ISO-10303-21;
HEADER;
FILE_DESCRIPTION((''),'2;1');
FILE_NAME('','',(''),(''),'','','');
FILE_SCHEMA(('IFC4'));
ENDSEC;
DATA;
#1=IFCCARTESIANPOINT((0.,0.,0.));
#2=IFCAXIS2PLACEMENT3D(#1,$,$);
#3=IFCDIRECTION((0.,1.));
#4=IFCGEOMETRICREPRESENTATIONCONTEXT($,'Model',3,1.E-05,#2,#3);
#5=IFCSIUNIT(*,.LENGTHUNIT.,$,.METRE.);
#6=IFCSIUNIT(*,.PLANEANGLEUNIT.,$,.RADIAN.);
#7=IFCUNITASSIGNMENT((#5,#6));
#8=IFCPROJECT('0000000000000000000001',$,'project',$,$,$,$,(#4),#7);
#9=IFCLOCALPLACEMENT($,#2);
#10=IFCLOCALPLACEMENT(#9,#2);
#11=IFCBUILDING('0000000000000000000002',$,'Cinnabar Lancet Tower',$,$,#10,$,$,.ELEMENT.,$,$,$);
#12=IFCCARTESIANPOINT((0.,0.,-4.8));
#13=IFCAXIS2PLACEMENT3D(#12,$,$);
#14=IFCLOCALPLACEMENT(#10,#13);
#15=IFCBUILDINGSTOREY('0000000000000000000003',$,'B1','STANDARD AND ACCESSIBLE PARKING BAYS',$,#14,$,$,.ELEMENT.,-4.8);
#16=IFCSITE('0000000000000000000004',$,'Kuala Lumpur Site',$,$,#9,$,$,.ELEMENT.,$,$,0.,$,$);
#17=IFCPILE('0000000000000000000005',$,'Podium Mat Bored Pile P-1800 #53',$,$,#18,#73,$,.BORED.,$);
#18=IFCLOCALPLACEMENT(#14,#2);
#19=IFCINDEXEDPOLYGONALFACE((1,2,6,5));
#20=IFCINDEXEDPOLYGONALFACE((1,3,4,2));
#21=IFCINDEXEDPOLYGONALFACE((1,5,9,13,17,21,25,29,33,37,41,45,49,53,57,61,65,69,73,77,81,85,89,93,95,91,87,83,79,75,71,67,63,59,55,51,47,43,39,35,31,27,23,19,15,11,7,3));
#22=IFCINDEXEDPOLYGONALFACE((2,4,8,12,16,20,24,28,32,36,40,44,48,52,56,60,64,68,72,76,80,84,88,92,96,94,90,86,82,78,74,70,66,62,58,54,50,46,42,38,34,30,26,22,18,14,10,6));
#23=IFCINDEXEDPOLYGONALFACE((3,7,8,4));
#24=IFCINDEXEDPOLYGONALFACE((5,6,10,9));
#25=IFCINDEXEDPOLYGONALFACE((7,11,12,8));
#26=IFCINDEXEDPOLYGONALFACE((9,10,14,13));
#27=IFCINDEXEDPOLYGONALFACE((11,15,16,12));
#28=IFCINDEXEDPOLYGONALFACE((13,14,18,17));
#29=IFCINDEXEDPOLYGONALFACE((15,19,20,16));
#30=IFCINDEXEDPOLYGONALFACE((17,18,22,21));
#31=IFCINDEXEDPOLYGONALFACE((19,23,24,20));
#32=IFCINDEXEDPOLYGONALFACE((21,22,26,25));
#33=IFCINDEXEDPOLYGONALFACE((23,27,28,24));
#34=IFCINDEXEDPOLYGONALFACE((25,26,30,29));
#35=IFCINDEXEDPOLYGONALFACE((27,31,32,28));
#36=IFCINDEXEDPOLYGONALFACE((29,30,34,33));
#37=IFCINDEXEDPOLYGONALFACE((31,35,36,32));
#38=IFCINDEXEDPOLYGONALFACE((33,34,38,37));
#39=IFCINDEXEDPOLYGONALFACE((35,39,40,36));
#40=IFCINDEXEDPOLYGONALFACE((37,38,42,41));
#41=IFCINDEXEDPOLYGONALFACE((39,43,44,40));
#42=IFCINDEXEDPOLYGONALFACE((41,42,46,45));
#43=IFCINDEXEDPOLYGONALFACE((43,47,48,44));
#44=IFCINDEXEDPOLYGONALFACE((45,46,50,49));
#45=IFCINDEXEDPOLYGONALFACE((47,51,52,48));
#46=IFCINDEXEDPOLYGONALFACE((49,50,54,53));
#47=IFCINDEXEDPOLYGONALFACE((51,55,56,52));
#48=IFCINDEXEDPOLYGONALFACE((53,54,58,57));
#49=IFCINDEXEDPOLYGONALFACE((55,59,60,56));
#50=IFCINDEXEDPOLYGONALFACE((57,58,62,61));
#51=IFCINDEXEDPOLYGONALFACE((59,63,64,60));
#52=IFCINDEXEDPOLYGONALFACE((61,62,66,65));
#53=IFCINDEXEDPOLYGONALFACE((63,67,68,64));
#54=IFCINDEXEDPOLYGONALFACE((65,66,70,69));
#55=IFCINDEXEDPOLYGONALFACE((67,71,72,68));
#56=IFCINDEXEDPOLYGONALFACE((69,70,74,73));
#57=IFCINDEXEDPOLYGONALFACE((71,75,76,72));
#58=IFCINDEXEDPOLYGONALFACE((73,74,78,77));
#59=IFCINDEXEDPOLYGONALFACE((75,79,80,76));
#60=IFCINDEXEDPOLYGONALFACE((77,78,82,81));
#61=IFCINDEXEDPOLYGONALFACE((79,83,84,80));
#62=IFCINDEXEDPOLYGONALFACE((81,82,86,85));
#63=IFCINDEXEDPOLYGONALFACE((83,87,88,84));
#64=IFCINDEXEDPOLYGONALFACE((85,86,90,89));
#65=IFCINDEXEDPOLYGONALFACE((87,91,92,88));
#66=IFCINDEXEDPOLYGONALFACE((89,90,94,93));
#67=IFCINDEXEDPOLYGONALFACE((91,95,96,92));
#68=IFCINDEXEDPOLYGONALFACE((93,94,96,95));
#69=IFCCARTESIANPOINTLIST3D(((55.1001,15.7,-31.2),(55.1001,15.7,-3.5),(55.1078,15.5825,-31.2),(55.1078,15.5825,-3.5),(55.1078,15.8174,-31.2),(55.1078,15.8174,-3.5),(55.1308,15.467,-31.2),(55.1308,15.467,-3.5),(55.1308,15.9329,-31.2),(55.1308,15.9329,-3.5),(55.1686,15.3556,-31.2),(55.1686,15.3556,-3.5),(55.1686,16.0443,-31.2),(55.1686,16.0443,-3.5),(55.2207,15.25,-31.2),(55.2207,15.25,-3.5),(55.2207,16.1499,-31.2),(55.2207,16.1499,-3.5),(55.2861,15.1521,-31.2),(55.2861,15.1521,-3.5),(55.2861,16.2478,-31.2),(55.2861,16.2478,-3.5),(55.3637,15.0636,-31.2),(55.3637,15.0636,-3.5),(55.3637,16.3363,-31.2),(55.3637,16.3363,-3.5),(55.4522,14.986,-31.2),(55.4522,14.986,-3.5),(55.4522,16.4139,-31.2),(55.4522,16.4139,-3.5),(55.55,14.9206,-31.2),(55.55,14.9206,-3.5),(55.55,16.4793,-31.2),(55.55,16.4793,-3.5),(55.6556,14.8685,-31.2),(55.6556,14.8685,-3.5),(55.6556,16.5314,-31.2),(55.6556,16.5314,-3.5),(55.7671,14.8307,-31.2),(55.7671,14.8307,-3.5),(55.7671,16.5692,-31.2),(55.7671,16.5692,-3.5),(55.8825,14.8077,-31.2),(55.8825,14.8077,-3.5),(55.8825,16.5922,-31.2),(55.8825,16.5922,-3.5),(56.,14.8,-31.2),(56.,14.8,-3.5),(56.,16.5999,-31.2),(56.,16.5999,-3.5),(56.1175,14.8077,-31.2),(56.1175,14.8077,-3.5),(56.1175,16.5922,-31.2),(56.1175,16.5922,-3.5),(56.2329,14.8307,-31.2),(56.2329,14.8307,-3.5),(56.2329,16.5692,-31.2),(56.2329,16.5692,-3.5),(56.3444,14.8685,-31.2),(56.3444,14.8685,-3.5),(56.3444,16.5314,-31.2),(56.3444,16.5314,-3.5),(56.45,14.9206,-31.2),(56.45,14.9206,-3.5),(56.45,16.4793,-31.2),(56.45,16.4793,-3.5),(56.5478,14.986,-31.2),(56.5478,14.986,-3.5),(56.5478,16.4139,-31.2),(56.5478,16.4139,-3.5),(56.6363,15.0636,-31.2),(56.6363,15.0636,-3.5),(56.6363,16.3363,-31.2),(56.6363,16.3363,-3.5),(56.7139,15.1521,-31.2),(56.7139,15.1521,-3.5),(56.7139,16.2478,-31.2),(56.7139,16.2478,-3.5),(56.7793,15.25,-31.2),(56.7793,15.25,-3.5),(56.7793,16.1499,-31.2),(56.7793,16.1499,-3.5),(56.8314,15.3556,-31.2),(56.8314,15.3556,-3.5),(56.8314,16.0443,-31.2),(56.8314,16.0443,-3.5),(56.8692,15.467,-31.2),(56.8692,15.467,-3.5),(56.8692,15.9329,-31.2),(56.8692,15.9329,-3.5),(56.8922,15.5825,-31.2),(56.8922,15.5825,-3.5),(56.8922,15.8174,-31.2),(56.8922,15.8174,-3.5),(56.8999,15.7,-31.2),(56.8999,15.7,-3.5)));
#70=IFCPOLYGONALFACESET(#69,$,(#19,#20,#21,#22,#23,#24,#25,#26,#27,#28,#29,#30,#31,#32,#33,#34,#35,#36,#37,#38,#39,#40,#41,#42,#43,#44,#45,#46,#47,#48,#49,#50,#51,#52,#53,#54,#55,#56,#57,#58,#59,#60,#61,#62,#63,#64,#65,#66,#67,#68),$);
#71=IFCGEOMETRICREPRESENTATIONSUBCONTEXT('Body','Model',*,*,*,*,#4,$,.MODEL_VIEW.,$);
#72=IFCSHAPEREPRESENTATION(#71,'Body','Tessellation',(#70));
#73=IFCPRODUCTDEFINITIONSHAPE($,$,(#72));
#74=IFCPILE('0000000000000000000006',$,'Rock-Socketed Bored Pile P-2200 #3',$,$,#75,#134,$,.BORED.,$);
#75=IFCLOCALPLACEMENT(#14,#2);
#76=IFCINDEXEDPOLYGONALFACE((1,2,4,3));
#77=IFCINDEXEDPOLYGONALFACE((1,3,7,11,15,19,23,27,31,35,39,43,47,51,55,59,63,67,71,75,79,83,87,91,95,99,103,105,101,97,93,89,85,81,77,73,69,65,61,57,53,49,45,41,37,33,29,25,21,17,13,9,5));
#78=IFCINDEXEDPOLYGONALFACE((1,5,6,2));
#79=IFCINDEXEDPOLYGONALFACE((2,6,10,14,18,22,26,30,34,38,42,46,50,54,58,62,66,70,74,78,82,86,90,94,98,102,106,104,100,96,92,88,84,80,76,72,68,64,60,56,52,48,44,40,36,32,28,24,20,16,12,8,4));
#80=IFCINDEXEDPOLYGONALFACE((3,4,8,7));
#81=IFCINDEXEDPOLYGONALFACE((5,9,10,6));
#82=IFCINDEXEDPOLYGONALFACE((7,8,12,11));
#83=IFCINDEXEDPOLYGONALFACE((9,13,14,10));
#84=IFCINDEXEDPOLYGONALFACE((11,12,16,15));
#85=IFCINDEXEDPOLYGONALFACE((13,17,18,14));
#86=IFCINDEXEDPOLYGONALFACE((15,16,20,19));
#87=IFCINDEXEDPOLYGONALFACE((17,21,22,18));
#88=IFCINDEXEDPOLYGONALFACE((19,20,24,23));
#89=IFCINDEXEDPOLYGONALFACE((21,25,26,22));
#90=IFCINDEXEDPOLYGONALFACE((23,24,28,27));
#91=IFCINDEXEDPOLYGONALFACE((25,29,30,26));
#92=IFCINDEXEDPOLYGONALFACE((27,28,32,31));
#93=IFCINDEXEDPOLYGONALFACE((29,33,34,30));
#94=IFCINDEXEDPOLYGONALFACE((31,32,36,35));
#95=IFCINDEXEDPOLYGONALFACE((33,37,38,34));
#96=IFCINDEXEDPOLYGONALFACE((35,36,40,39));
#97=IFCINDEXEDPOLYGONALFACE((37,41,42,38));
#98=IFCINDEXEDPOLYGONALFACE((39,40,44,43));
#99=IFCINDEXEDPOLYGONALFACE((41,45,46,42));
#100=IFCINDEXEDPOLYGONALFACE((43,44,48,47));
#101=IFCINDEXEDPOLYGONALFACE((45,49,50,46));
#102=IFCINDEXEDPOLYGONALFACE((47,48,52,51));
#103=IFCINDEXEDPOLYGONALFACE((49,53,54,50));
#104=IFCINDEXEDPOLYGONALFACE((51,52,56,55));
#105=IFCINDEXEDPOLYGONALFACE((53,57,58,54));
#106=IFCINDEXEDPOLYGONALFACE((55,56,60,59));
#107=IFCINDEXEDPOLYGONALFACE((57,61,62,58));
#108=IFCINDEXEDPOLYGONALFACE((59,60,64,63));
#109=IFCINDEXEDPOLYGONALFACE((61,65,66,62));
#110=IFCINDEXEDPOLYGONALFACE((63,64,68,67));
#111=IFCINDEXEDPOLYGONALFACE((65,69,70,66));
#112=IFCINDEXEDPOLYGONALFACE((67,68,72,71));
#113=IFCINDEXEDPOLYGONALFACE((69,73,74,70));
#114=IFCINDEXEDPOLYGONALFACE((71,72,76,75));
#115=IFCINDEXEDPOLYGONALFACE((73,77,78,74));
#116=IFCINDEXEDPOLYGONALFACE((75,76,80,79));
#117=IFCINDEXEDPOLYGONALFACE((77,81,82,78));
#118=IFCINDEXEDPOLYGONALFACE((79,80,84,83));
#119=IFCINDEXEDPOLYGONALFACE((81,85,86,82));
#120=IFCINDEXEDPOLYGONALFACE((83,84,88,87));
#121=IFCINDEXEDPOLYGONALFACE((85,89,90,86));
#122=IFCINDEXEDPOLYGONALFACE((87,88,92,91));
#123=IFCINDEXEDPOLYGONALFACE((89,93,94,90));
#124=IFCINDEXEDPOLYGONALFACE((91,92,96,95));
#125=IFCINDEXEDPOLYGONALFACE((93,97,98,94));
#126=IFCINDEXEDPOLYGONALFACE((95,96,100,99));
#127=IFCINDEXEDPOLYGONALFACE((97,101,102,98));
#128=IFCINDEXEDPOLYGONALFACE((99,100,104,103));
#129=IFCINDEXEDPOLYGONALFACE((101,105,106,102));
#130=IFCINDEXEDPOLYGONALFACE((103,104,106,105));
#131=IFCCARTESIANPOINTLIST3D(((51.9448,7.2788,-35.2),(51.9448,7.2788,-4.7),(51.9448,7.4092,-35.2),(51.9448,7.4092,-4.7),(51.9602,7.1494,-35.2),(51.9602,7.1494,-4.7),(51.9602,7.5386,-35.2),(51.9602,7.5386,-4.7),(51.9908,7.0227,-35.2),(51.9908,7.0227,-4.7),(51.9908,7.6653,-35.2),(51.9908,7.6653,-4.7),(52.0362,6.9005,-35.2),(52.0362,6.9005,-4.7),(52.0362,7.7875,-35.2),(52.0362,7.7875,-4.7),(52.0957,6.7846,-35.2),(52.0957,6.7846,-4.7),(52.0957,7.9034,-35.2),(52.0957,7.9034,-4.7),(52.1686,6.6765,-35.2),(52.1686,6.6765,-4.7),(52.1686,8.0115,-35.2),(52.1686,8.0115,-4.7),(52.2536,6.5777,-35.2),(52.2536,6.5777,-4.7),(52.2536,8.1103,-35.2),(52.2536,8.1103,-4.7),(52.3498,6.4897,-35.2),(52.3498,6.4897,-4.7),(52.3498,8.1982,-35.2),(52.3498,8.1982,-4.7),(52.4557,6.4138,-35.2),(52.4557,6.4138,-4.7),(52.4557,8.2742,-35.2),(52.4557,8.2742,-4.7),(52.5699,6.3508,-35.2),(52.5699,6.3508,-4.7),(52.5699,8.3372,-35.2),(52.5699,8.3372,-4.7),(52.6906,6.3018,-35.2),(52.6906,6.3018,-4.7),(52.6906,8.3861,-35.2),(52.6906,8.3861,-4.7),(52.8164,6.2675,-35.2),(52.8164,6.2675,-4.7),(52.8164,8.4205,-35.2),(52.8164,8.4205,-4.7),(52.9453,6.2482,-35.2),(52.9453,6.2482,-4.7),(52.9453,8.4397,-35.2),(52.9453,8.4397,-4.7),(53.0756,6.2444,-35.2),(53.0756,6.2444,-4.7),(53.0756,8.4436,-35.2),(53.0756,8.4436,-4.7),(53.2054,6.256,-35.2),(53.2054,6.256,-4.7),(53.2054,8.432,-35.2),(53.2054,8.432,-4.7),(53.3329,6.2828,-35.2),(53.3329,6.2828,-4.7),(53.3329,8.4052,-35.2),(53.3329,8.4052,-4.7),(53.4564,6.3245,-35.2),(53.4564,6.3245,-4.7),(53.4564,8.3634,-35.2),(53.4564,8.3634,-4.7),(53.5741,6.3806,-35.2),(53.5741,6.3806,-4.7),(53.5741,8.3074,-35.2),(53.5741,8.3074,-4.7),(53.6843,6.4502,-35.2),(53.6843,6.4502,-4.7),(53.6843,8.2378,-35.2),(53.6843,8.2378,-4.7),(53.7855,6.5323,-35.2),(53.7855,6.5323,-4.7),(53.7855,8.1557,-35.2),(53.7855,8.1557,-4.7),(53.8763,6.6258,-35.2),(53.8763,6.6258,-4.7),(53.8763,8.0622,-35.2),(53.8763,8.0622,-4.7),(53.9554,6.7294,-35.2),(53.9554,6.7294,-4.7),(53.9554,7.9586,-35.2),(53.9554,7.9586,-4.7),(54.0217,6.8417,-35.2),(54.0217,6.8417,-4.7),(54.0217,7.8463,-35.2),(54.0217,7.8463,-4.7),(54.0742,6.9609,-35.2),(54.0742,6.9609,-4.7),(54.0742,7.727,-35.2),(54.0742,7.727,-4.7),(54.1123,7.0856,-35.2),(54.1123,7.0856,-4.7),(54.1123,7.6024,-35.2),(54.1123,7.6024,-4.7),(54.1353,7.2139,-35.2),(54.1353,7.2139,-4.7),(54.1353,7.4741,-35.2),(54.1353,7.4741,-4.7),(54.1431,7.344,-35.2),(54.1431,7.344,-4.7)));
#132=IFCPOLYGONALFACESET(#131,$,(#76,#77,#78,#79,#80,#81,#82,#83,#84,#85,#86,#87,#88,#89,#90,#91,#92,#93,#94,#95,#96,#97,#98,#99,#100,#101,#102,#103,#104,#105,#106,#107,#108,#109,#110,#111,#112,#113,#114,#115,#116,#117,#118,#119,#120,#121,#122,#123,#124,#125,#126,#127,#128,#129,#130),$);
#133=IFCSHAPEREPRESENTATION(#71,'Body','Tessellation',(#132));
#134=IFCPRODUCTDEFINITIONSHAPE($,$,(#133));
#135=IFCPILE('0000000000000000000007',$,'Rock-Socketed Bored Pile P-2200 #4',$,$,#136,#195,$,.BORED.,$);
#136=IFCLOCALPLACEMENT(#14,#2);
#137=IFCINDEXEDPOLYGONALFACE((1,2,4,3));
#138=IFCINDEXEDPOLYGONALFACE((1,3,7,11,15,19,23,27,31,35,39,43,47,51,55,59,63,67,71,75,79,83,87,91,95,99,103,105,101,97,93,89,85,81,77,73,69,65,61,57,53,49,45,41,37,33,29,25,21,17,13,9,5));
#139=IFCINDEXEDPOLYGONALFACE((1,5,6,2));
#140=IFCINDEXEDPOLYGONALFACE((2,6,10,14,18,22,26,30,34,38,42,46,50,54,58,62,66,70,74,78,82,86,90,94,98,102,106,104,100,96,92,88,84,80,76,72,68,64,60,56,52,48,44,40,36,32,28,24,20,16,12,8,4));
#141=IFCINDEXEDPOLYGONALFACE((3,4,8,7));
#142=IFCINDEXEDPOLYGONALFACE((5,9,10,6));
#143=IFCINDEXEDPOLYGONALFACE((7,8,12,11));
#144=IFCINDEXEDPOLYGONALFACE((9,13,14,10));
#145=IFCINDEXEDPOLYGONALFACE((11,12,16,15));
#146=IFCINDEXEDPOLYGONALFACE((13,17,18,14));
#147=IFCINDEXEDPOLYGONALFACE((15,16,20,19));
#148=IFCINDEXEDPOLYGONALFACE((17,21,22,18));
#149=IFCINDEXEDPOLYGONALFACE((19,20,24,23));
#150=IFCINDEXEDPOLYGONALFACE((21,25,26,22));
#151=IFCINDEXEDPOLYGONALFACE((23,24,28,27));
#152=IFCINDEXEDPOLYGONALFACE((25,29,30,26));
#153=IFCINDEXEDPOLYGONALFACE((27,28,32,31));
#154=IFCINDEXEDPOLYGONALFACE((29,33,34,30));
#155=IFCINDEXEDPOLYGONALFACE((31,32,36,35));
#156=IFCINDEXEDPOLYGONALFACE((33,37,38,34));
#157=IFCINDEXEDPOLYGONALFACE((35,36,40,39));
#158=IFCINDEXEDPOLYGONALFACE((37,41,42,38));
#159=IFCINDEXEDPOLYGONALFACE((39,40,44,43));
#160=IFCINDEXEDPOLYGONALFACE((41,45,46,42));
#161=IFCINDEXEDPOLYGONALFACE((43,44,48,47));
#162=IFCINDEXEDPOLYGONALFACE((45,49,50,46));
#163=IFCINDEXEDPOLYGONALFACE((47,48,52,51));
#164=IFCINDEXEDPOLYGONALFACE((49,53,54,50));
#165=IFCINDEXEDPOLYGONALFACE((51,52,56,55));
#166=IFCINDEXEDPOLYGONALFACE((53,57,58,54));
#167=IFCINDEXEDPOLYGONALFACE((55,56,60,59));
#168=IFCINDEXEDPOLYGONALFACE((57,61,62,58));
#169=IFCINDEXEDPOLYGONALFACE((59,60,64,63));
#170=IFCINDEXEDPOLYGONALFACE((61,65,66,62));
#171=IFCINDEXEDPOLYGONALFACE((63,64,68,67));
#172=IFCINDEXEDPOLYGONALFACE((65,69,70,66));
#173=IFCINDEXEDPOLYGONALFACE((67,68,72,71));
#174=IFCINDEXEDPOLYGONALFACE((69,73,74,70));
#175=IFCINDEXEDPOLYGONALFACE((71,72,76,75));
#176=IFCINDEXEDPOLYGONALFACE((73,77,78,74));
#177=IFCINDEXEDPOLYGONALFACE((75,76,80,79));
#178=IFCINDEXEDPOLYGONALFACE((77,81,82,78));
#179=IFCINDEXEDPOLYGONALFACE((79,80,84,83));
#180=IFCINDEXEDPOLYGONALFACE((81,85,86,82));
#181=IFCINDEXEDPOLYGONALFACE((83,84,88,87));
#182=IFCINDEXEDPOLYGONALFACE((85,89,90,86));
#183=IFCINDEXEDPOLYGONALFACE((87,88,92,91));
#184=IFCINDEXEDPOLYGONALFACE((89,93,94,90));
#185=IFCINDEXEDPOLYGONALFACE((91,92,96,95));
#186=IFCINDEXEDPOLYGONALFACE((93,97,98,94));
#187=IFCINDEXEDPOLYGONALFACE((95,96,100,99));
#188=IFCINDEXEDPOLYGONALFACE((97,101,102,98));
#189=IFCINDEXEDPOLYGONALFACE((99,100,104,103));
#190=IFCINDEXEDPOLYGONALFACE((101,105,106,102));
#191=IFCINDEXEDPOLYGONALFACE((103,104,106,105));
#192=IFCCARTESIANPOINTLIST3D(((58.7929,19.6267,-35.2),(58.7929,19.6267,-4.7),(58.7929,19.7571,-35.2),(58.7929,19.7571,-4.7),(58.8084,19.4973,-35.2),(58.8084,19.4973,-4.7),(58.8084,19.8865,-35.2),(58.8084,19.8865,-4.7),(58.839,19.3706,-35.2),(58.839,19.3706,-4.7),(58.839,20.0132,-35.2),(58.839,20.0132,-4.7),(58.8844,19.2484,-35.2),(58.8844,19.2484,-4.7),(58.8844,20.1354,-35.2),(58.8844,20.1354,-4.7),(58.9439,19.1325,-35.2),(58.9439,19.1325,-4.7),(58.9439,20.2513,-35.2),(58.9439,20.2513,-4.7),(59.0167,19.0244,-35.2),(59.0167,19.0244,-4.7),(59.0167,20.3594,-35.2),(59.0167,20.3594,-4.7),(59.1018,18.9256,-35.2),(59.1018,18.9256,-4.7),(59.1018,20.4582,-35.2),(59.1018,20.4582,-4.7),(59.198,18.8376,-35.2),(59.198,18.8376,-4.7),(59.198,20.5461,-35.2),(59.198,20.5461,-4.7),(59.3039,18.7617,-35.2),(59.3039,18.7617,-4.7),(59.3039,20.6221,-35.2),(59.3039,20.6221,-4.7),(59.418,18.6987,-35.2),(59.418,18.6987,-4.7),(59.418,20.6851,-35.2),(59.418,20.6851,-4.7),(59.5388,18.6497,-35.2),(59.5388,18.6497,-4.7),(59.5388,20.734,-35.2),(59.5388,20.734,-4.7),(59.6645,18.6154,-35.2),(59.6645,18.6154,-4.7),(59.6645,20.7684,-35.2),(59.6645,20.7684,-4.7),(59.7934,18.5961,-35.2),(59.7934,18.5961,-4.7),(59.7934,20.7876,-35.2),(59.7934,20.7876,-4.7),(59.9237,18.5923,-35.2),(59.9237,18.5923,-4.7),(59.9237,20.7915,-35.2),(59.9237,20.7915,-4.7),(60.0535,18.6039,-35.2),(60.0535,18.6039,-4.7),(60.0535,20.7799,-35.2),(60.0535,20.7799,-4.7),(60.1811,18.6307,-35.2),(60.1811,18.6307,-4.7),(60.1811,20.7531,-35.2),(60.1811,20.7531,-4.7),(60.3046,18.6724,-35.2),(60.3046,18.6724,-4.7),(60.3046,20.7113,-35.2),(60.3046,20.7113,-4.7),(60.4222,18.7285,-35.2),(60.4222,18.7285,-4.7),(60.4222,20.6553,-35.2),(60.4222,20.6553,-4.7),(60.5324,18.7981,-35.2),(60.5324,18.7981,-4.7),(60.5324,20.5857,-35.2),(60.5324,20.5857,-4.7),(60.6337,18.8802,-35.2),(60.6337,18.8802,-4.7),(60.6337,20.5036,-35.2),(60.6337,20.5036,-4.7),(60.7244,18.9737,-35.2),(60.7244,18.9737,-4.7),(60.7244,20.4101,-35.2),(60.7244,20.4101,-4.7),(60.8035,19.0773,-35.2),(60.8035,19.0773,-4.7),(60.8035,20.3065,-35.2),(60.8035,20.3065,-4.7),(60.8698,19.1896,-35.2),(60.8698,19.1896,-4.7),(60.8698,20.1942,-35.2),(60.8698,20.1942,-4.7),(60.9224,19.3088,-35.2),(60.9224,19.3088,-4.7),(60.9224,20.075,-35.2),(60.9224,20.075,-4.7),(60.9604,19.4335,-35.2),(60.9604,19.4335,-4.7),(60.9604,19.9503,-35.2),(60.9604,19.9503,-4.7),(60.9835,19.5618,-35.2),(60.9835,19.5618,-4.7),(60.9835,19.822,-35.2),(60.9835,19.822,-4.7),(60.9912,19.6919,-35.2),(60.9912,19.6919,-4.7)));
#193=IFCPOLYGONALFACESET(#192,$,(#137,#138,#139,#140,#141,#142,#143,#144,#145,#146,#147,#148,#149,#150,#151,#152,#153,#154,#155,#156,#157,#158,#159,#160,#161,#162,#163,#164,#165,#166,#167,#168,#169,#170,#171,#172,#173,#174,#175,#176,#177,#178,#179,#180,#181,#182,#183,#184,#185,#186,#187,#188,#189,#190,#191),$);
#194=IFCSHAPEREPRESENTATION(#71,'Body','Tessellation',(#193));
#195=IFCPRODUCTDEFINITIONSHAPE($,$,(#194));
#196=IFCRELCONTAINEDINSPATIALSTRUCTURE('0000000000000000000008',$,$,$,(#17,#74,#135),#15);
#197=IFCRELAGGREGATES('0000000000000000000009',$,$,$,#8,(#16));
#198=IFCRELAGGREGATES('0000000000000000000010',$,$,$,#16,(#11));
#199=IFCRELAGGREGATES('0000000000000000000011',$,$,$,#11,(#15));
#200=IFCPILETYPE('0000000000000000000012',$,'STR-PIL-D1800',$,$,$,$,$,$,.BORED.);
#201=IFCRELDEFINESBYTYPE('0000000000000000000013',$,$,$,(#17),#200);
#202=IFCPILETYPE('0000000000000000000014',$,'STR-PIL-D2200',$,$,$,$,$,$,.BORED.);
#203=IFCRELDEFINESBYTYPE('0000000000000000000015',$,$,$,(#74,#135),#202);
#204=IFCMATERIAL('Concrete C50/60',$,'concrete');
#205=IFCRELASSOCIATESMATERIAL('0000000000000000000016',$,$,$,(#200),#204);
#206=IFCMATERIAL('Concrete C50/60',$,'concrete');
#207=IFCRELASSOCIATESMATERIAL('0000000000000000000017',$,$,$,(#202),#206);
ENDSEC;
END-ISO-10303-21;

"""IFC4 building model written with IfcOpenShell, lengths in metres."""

from ifc_helpers import new_model, si_unit, direction, frame, origin, origin_2d, place, context, subcontext, project, spatial, circle, extrude, material, material_profile, profile_set, type_object, element, save


model = new_model("IFC4")

# Units and contexts
model_context = context("Model", 3, precision=1e-05, world=origin(), true_north=direction((0.0, 1.0)))
body_context = subcontext(model_context, "Body", "Model", "MODEL_VIEW")
ifc_project = project(units=[si_unit("LENGTHUNIT", "METRE"), si_unit("PLANEANGLEUNIT", "RADIAN")], contexts=[model_context])

# Site, building, storey
site_placement = place(None, origin())
site = spatial("IfcSite", under=ifc_project, at=site_placement, Name="Kuala Lumpur Site", CompositionType="ELEMENT", RefElevation=0.0)
building_placement = place(site_placement, origin())
building = spatial("IfcBuilding", under=site, at=building_placement, Name="Cinnabar Lancet Tower", CompositionType="ELEMENT")
storey_placement = place(building_placement, frame((0.0, 0.0, -4.8)))
storey = spatial("IfcBuildingStorey", under=building, at=storey_placement, Name="B1", Description="STANDARD AND ACCESSIBLE PARKING BAYS", CompositionType="ELEMENT", Elevation=-4.8)

# Piles
ifc_material_1 = material(Name="Concrete C50/60", Category="concrete")
ifc_material_profile_1 = material_profile(ifc_material_1, circle(Radius=0.8999, at=origin_2d()), Name="PILE D1800")
ifc_profile_set_1 = profile_set([ifc_material_profile_1], Name="Concrete C50/60")
pile_type_1 = type_object("IfcPileType", Name="STR-PIL-D1800", PredefinedType="BORED", material=ifc_profile_set_1)
for number, where, z_axis, x_axis, name in (
    (1, (56.0, 15.7, -3.5), (0.0, 0.0, -1.0), (1.0, 0.0, 0.0), "Podium Mat Bored Pile P-1800 #53"),
):
    element("IfcPile", number, at=place(storey_placement, frame(where, z_axis=z_axis, x_axis=x_axis)), inside=storey, type_object=pile_type_1, Name=name, PredefinedType="BORED", context=body_context, shape_type="SweptSolid", body=[
        extrude(circle(Radius=0.8999, at=origin_2d()), origin(), (0.0, 0.0, 1.0), 27.7),
    ])
ifc_material_2 = material(Name="Concrete C50/60", Category="concrete")
ifc_material_profile_2 = material_profile(ifc_material_2, circle(Radius=1.1001, at=origin_2d()), Name="PILE D2200")
ifc_profile_set_2 = profile_set([ifc_material_profile_2], Name="Concrete C50/60")
pile_type_2 = type_object("IfcPileType", Name="STR-PIL-D2200", PredefinedType="BORED", material=ifc_profile_set_2)
for number, where, z_axis, x_axis, name in (
    (2, (53.043, 7.344, -4.7), (0.0, 0.0, -1.0), (1.0, 0.0, 0.0), "Rock-Socketed Bored Pile P-2200 #3"),
    (3, (59.8911, 19.6919, -4.7), (0.0, 0.0, -1.0), (1.0, 0.0, 0.0), "Rock-Socketed Bored Pile P-2200 #4"),
):
    element("IfcPile", number, at=place(storey_placement, frame(where, z_axis=z_axis, x_axis=x_axis)), inside=storey, type_object=pile_type_2, Name=name, PredefinedType="BORED", context=body_context, shape_type="SweptSolid", body=[
        extrude(circle(Radius=1.1001, at=origin_2d()), origin(), (0.0, 0.0, 1.0), 30.5),
    ])

save(model, "model.ifc")
